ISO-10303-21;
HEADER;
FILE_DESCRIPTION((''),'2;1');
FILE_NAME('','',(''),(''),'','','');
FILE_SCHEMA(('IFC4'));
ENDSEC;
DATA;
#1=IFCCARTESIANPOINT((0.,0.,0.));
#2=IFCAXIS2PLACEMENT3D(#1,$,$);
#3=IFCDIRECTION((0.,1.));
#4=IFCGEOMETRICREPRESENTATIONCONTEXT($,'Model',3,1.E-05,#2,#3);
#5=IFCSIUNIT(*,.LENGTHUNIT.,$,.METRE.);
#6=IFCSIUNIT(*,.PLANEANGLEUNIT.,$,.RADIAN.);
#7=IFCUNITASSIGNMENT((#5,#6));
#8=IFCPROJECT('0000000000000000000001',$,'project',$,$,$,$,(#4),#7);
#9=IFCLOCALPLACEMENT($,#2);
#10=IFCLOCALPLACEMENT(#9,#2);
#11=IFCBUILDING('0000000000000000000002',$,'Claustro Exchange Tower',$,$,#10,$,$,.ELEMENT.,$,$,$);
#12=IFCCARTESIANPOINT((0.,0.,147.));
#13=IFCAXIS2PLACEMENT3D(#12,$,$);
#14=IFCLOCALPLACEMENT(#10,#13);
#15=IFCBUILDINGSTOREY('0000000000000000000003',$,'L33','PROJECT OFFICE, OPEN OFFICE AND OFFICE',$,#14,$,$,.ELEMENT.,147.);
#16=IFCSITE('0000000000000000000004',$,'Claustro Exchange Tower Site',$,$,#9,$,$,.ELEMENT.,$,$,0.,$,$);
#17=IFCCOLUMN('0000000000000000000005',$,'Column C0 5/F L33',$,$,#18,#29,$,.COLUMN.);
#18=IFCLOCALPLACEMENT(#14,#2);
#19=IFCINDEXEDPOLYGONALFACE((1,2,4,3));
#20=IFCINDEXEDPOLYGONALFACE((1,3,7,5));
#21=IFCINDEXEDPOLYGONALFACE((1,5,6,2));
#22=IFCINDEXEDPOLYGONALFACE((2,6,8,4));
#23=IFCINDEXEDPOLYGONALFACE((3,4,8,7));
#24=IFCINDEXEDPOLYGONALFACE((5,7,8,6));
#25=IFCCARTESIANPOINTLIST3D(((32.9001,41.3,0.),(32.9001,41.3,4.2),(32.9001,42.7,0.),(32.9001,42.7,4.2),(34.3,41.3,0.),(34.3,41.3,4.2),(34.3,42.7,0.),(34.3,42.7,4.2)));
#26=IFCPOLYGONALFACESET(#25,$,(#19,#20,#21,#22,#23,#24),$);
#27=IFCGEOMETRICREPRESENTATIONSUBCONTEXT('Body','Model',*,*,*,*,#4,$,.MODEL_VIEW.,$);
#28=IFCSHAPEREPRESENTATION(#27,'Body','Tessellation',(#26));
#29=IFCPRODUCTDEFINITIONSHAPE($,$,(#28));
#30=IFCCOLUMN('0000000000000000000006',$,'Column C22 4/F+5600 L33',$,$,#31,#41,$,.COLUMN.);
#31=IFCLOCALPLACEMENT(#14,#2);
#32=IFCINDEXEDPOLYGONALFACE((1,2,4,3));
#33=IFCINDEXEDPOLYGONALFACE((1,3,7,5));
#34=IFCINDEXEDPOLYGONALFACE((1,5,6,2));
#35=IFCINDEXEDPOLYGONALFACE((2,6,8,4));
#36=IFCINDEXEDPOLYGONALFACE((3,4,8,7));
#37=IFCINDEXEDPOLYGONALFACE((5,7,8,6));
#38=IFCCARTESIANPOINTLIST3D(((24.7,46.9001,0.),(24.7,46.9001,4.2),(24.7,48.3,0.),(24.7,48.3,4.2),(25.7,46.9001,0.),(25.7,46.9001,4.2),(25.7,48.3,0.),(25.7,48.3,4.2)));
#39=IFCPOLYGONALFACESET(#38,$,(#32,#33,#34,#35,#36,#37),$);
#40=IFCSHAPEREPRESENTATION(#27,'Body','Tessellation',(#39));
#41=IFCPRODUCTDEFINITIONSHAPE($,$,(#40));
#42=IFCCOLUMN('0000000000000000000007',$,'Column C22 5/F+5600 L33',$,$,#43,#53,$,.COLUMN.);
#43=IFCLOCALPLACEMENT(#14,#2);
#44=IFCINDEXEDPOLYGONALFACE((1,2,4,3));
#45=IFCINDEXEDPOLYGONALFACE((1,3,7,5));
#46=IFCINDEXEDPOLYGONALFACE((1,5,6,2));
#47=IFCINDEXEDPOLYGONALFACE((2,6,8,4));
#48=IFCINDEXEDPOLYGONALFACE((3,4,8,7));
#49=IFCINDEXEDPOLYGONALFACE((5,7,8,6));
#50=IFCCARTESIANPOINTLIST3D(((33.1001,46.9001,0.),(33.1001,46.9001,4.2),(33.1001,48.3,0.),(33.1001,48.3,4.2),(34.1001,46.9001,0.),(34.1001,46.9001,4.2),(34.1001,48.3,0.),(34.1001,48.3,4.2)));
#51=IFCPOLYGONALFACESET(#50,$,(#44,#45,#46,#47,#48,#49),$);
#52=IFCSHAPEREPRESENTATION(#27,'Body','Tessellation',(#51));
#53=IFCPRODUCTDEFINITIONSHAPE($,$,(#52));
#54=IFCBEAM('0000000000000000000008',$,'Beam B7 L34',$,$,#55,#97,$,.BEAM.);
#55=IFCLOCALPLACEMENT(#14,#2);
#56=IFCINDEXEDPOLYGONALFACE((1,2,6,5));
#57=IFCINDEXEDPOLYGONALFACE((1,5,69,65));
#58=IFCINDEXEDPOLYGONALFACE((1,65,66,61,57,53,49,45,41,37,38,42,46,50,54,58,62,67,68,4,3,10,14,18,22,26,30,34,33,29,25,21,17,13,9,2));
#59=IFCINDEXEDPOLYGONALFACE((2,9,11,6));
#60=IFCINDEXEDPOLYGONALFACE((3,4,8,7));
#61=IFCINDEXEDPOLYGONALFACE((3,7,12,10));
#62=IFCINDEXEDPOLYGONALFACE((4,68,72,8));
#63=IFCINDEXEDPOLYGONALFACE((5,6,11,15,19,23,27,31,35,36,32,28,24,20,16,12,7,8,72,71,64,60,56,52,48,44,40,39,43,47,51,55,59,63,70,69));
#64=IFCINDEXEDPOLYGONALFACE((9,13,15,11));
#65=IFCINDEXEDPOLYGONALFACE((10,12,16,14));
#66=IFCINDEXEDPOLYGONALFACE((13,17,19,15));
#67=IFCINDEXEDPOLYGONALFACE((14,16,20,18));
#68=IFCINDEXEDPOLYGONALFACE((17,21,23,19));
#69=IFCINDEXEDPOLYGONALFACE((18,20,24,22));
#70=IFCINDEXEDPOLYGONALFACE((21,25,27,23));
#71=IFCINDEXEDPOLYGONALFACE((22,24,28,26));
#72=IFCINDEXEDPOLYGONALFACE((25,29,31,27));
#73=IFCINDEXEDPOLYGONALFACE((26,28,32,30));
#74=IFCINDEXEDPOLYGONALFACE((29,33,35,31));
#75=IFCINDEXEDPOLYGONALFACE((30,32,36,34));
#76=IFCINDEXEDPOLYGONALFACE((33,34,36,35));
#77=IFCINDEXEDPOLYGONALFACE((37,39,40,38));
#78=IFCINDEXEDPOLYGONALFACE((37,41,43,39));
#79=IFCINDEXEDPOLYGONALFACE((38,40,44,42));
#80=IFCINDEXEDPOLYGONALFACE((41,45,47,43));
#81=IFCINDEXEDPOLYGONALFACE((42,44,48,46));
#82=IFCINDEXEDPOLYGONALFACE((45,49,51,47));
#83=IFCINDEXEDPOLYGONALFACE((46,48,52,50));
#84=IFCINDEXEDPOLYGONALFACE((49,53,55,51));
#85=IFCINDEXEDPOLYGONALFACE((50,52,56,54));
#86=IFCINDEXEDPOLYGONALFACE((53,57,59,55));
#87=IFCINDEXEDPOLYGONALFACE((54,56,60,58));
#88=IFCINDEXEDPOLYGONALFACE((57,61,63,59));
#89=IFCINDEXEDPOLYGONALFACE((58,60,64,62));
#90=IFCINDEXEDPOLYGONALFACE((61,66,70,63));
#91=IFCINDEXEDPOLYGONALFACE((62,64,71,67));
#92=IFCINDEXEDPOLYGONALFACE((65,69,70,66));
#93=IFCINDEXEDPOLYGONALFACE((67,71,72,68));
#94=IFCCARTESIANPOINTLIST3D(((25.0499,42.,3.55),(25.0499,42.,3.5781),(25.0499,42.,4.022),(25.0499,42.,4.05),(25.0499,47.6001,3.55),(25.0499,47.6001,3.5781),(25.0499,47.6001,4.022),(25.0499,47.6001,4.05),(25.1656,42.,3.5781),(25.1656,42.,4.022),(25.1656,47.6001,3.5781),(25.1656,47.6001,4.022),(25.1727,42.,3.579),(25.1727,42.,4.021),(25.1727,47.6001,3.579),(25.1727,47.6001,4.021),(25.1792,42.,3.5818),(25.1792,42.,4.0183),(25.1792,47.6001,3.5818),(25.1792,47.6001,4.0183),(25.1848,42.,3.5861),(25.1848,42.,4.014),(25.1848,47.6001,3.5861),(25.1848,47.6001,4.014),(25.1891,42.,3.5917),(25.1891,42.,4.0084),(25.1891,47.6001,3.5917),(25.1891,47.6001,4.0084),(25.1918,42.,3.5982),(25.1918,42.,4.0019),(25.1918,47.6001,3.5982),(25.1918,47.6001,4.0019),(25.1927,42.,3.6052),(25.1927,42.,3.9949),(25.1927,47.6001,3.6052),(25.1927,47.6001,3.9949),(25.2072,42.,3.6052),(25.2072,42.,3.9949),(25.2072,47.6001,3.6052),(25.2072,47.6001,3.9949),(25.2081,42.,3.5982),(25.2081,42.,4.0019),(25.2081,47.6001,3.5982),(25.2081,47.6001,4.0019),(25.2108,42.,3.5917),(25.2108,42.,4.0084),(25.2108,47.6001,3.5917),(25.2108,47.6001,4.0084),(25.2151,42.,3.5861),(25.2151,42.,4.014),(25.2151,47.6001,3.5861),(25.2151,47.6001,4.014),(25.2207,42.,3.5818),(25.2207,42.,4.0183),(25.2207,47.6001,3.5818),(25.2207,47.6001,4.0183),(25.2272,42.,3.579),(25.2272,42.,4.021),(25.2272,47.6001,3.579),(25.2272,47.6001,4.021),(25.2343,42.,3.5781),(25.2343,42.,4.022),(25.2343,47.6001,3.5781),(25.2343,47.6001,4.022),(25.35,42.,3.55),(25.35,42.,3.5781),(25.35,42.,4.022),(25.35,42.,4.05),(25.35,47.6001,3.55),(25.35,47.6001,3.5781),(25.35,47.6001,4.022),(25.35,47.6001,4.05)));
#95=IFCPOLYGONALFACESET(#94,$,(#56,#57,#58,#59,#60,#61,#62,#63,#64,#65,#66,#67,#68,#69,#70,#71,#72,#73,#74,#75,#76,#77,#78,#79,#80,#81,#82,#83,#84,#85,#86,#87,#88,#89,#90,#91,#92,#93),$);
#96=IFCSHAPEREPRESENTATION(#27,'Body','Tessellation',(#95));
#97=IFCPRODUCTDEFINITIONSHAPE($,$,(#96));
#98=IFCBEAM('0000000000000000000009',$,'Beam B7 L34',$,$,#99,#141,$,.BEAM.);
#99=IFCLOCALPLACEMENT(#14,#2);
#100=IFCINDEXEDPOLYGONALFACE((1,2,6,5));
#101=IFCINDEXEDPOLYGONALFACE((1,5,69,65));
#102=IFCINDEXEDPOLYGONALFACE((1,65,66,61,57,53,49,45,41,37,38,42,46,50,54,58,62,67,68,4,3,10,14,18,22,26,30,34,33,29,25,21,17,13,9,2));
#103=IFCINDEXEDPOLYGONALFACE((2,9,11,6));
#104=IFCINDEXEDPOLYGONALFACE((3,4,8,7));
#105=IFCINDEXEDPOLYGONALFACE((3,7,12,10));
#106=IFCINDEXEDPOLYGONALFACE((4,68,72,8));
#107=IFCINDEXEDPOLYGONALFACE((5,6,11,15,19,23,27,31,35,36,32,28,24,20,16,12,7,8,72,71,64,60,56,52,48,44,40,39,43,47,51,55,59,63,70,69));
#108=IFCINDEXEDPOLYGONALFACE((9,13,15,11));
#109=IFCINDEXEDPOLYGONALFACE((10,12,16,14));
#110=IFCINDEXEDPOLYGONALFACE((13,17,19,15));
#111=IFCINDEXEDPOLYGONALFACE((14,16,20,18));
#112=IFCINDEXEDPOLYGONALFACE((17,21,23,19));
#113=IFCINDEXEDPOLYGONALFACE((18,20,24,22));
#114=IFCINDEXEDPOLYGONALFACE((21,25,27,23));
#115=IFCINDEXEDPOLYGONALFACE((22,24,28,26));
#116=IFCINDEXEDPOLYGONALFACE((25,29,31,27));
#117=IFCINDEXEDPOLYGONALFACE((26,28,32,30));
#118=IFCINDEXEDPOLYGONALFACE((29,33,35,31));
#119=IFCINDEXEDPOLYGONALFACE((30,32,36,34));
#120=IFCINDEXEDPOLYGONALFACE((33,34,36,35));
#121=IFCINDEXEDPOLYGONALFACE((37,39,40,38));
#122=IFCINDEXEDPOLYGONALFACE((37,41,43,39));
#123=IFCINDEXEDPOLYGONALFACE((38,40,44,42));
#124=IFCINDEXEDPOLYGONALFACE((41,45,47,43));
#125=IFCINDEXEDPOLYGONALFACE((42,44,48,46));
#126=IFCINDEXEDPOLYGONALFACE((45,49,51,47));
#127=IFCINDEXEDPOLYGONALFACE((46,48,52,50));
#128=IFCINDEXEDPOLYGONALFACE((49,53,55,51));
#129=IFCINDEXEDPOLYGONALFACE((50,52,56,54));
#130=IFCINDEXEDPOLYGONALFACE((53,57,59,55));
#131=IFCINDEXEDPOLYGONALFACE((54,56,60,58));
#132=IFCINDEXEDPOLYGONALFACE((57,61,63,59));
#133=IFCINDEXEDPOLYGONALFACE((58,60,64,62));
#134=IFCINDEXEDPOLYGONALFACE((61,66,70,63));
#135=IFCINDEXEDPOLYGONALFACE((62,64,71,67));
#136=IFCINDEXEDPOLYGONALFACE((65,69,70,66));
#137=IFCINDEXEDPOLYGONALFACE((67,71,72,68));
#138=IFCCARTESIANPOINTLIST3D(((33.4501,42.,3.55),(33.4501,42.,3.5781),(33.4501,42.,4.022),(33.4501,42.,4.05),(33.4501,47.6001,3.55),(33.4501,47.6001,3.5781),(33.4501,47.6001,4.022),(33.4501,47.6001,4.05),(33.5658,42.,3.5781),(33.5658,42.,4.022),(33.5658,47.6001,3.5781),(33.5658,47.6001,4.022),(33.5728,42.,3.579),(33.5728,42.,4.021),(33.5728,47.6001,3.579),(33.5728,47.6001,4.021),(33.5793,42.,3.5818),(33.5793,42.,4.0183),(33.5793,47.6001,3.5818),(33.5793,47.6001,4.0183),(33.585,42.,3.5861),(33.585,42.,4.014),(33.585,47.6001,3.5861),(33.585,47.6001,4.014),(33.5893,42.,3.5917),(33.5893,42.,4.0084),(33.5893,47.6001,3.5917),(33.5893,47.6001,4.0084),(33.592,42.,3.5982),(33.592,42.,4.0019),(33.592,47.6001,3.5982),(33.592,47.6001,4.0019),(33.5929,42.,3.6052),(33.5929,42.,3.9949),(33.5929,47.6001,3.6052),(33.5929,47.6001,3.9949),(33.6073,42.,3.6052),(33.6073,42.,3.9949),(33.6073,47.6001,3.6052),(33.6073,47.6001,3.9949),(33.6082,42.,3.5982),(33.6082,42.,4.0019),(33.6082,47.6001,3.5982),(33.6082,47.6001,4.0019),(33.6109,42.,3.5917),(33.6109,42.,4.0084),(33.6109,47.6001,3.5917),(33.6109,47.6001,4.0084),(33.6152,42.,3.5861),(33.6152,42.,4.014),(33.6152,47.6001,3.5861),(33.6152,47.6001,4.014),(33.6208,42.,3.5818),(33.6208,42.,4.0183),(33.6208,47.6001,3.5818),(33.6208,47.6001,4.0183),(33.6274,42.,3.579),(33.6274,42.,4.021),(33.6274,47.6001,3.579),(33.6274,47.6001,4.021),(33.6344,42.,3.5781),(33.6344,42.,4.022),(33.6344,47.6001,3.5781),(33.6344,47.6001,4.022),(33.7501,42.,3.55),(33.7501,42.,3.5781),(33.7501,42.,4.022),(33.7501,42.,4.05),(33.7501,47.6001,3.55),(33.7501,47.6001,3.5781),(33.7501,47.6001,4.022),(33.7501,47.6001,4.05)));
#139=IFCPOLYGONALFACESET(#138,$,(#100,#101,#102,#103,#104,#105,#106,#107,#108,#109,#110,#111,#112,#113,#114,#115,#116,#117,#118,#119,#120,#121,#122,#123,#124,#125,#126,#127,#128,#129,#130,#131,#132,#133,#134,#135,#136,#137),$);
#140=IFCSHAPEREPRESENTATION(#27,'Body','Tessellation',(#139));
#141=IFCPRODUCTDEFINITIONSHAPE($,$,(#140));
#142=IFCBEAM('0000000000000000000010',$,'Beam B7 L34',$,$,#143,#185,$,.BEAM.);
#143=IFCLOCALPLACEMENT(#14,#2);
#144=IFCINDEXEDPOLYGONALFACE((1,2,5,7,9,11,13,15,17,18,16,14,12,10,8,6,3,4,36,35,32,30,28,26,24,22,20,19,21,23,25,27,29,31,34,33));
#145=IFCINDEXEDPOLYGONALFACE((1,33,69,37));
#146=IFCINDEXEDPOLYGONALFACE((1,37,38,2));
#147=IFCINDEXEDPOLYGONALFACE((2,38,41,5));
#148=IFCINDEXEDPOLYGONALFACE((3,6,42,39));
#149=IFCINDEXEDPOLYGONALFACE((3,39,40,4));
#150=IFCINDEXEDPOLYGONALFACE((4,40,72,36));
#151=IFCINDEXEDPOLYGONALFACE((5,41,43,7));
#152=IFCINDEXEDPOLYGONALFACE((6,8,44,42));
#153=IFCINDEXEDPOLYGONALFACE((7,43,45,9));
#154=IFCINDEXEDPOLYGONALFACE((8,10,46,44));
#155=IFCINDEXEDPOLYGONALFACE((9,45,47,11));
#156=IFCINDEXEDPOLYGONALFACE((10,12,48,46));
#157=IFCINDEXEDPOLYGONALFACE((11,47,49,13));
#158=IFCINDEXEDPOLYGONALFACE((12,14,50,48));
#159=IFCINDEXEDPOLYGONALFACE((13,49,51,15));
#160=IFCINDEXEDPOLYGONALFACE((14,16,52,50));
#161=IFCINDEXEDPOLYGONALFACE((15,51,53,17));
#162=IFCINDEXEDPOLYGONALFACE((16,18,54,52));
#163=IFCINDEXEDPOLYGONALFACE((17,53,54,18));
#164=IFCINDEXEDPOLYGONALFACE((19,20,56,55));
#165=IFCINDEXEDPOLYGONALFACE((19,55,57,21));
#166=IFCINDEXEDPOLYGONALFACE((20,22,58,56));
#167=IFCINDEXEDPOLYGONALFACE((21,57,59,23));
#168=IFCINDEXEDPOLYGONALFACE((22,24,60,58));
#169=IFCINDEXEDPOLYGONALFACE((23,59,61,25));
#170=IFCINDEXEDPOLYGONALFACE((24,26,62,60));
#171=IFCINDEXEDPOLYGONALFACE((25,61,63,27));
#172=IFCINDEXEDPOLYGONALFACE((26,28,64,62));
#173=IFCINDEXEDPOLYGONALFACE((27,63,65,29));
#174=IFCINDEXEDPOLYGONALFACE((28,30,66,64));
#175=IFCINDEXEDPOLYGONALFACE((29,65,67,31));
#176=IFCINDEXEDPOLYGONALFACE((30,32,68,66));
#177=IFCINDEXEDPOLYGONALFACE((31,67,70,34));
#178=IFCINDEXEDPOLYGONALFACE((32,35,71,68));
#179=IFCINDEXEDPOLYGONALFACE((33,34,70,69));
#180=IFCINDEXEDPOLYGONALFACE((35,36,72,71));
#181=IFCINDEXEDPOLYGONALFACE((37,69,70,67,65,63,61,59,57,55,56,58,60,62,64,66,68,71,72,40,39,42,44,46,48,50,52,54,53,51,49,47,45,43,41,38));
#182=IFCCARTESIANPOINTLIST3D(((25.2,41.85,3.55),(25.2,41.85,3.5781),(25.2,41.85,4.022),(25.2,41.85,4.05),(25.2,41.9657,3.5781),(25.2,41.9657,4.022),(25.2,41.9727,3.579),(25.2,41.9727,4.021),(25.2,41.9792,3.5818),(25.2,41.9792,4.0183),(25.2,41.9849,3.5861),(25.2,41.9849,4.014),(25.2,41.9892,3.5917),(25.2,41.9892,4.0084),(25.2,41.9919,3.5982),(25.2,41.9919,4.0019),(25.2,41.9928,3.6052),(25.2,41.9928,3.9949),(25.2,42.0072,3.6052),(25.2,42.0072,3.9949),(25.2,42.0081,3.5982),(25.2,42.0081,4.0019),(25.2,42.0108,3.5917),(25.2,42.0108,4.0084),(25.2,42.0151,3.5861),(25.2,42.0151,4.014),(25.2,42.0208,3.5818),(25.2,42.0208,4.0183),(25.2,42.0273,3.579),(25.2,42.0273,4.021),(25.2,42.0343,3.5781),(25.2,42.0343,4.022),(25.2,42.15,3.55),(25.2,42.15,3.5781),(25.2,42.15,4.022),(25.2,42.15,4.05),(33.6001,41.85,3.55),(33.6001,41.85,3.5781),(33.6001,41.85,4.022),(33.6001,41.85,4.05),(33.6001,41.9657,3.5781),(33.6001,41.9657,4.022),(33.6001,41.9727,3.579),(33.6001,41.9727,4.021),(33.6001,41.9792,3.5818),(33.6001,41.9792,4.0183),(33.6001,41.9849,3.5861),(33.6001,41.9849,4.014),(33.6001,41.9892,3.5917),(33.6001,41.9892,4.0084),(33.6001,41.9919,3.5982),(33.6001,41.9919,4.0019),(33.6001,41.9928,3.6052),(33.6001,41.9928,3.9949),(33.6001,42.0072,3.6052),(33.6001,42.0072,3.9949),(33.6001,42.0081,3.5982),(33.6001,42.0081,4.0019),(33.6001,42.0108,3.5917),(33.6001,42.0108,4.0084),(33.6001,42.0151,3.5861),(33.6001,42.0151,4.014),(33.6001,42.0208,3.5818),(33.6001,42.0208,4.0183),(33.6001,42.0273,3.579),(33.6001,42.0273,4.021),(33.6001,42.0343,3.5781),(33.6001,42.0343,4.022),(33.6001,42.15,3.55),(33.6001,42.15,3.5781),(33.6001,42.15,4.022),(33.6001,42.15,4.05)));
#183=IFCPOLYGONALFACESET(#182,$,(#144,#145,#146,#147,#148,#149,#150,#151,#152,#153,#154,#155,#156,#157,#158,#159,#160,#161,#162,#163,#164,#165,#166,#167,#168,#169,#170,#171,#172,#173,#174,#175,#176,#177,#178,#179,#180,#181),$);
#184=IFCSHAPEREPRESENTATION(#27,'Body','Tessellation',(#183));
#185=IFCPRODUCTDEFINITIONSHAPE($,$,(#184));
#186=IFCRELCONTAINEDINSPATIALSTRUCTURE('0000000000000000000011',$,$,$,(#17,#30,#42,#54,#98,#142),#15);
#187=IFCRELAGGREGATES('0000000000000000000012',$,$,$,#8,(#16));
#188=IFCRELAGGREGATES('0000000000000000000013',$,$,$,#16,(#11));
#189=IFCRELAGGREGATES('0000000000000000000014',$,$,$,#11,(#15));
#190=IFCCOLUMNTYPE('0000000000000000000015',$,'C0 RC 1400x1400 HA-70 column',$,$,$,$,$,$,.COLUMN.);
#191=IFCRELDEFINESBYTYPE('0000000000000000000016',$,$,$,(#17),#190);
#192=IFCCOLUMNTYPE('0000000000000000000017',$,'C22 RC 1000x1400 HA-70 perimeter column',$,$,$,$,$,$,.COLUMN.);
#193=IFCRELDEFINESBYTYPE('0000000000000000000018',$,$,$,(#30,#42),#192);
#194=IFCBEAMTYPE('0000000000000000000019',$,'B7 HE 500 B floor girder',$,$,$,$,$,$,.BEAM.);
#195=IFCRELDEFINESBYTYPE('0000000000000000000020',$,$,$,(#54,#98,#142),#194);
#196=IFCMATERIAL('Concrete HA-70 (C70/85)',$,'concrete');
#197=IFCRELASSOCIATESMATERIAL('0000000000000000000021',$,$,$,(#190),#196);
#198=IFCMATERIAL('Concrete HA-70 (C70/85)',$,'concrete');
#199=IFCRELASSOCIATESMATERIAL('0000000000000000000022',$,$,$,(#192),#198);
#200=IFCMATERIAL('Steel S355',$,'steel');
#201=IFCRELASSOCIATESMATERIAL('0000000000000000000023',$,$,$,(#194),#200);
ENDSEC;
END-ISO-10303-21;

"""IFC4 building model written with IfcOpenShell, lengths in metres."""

from ifc_helpers import new_model, si_unit, direction, frame, origin, origin_2d, place, context, subcontext, project, spatial, rectangle, i_section, extrude, material, material_profile, profile_set, type_object, element, save


model = new_model("IFC4")

# Units and contexts
model_context = context("Model", 3, precision=1e-05, world=origin(), true_north=direction((0.0, 1.0)))
body_context = subcontext(model_context, "Body", "Model", "MODEL_VIEW")
ifc_project = project(units=[si_unit("LENGTHUNIT", "METRE"), si_unit("PLANEANGLEUNIT", "RADIAN")], contexts=[model_context])

# Site, building, storey
site_placement = place(None, origin())
site = spatial("IfcSite", under=ifc_project, at=site_placement, Name="Claustro Exchange Tower Site", CompositionType="ELEMENT", RefElevation=0.0)
building_placement = place(site_placement, origin())
building = spatial("IfcBuilding", under=site, at=building_placement, Name="Claustro Exchange Tower", CompositionType="ELEMENT")
storey_placement = place(building_placement, frame((0.0, 0.0, 147.0)))
storey = spatial("IfcBuildingStorey", under=building, at=storey_placement, Name="L33", Description="PROJECT OFFICE, OPEN OFFICE AND OFFICE", CompositionType="ELEMENT", Elevation=147.0)

# Columns
ifc_material_1 = material(Name="Concrete HA-70 (C70/85)", Category="concrete")
ifc_material_profile_1 = material_profile(ifc_material_1, rectangle(XDim=1.3999, YDim=1.3999, at=origin_2d()), Name="RC 1400x1400")
ifc_profile_set_1 = profile_set([ifc_material_profile_1], Name="Concrete HA-70 (C70/85)")
column_type_1 = type_object("IfcColumnType", Name="C0 RC 1400x1400 HA-70 column", PredefinedType="COLUMN", material=ifc_profile_set_1)
column_placement = place(storey_placement, frame((33.6001, 42.0, 0.0), z_axis=(0.0, 0.0, 1.0), x_axis=(1.0, 0.0, 0.0)))
element("IfcColumn", 1, at=column_placement, inside=storey, type_object=column_type_1, Name="Column C0 5/F L33", PredefinedType="COLUMN", context=body_context, shape_type="SweptSolid", body=[
    extrude(rectangle(XDim=1.3999, YDim=1.3999, at=origin_2d()), origin(), (0.0, 0.0, 1.0), 4.2),
])
ifc_material_2 = material(Name="Concrete HA-70 (C70/85)", Category="concrete")
ifc_material_profile_2 = material_profile(ifc_material_2, rectangle(XDim=1.0, YDim=1.3999, at=origin_2d()), Name="RC 1000x1400")
ifc_profile_set_2 = profile_set([ifc_material_profile_2], Name="Concrete HA-70 (C70/85)")
column_type_2 = type_object("IfcColumnType", Name="C22 RC 1000x1400 HA-70 perimeter column", PredefinedType="COLUMN", material=ifc_profile_set_2)
for number, where, z_axis, x_axis, name in (
    (2, (25.2, 47.6001, 0.0), (0.0, 0.0, 1.0), (1.0, 0.0, 0.0), "Column C22 4/F+5600 L33"),
    (3, (33.6001, 47.6001, 0.0), (0.0, 0.0, 1.0), (1.0, 0.0, 0.0), "Column C22 5/F+5600 L33"),
):
    element("IfcColumn", number, at=place(storey_placement, frame(where, z_axis=z_axis, x_axis=x_axis)), inside=storey, type_object=column_type_2, Name=name, PredefinedType="COLUMN", context=body_context, shape_type="SweptSolid", body=[
        extrude(rectangle(XDim=1.0, YDim=1.3999, at=origin_2d()), origin(), (0.0, 0.0, 1.0), 4.2),
    ])

# Beams
ifc_material_3 = material(Name="Steel S355", Category="steel")
ifc_material_profile_3 = material_profile(ifc_material_3, i_section(OverallWidth=0.3, OverallDepth=0.5, WebThickness=0.0144, FlangeThickness=0.0281, FilletRadius=0.0271, at=origin_2d()), Name="HE 500 B")
ifc_profile_set_3 = profile_set([ifc_material_profile_3], Name="Steel S355")
beam_type_1 = type_object("IfcBeamType", Name="B7 HE 500 B floor girder", PredefinedType="BEAM", material=ifc_profile_set_3)
for number, where, z_axis, x_axis, name in (
    (4, (25.2, 42.0, 3.8), (0.0, 1.0, 0.0), (-1.0, 0.0, 0.0), "Beam B7 L34"),
    (5, (33.6001, 42.0, 3.8), (0.0, 1.0, 0.0), (-1.0, 0.0, 0.0), "Beam B7 L34"),
):
    element("IfcBeam", number, at=place(storey_placement, frame(where, z_axis=z_axis, x_axis=x_axis)), inside=storey, type_object=beam_type_1, Name=name, PredefinedType="BEAM", context=body_context, shape_type="SweptSolid", body=[
        extrude(i_section(OverallWidth=0.3, OverallDepth=0.5, WebThickness=0.0144, FlangeThickness=0.0281, FilletRadius=0.0271, at=origin_2d()), origin(), (0.0, 0.0, 1.0), 5.6001),
    ])
beam_1_placement = place(storey_placement, frame((25.2, 42.0, 3.8), z_axis=(1.0, 0.0, 0.0), x_axis=(0.0, 1.0, 0.0)))
element("IfcBeam", 6, at=beam_1_placement, inside=storey, type_object=beam_type_1, Name="Beam B7 L34", PredefinedType="BEAM", context=body_context, shape_type="SweptSolid", body=[
    extrude(i_section(OverallWidth=0.3, OverallDepth=0.5, WebThickness=0.0144, FlangeThickness=0.0281, FilletRadius=0.0271, at=origin_2d()), origin(), (0.0, 0.0, 1.0), 8.4001),
])

save(model, "model.ifc")
